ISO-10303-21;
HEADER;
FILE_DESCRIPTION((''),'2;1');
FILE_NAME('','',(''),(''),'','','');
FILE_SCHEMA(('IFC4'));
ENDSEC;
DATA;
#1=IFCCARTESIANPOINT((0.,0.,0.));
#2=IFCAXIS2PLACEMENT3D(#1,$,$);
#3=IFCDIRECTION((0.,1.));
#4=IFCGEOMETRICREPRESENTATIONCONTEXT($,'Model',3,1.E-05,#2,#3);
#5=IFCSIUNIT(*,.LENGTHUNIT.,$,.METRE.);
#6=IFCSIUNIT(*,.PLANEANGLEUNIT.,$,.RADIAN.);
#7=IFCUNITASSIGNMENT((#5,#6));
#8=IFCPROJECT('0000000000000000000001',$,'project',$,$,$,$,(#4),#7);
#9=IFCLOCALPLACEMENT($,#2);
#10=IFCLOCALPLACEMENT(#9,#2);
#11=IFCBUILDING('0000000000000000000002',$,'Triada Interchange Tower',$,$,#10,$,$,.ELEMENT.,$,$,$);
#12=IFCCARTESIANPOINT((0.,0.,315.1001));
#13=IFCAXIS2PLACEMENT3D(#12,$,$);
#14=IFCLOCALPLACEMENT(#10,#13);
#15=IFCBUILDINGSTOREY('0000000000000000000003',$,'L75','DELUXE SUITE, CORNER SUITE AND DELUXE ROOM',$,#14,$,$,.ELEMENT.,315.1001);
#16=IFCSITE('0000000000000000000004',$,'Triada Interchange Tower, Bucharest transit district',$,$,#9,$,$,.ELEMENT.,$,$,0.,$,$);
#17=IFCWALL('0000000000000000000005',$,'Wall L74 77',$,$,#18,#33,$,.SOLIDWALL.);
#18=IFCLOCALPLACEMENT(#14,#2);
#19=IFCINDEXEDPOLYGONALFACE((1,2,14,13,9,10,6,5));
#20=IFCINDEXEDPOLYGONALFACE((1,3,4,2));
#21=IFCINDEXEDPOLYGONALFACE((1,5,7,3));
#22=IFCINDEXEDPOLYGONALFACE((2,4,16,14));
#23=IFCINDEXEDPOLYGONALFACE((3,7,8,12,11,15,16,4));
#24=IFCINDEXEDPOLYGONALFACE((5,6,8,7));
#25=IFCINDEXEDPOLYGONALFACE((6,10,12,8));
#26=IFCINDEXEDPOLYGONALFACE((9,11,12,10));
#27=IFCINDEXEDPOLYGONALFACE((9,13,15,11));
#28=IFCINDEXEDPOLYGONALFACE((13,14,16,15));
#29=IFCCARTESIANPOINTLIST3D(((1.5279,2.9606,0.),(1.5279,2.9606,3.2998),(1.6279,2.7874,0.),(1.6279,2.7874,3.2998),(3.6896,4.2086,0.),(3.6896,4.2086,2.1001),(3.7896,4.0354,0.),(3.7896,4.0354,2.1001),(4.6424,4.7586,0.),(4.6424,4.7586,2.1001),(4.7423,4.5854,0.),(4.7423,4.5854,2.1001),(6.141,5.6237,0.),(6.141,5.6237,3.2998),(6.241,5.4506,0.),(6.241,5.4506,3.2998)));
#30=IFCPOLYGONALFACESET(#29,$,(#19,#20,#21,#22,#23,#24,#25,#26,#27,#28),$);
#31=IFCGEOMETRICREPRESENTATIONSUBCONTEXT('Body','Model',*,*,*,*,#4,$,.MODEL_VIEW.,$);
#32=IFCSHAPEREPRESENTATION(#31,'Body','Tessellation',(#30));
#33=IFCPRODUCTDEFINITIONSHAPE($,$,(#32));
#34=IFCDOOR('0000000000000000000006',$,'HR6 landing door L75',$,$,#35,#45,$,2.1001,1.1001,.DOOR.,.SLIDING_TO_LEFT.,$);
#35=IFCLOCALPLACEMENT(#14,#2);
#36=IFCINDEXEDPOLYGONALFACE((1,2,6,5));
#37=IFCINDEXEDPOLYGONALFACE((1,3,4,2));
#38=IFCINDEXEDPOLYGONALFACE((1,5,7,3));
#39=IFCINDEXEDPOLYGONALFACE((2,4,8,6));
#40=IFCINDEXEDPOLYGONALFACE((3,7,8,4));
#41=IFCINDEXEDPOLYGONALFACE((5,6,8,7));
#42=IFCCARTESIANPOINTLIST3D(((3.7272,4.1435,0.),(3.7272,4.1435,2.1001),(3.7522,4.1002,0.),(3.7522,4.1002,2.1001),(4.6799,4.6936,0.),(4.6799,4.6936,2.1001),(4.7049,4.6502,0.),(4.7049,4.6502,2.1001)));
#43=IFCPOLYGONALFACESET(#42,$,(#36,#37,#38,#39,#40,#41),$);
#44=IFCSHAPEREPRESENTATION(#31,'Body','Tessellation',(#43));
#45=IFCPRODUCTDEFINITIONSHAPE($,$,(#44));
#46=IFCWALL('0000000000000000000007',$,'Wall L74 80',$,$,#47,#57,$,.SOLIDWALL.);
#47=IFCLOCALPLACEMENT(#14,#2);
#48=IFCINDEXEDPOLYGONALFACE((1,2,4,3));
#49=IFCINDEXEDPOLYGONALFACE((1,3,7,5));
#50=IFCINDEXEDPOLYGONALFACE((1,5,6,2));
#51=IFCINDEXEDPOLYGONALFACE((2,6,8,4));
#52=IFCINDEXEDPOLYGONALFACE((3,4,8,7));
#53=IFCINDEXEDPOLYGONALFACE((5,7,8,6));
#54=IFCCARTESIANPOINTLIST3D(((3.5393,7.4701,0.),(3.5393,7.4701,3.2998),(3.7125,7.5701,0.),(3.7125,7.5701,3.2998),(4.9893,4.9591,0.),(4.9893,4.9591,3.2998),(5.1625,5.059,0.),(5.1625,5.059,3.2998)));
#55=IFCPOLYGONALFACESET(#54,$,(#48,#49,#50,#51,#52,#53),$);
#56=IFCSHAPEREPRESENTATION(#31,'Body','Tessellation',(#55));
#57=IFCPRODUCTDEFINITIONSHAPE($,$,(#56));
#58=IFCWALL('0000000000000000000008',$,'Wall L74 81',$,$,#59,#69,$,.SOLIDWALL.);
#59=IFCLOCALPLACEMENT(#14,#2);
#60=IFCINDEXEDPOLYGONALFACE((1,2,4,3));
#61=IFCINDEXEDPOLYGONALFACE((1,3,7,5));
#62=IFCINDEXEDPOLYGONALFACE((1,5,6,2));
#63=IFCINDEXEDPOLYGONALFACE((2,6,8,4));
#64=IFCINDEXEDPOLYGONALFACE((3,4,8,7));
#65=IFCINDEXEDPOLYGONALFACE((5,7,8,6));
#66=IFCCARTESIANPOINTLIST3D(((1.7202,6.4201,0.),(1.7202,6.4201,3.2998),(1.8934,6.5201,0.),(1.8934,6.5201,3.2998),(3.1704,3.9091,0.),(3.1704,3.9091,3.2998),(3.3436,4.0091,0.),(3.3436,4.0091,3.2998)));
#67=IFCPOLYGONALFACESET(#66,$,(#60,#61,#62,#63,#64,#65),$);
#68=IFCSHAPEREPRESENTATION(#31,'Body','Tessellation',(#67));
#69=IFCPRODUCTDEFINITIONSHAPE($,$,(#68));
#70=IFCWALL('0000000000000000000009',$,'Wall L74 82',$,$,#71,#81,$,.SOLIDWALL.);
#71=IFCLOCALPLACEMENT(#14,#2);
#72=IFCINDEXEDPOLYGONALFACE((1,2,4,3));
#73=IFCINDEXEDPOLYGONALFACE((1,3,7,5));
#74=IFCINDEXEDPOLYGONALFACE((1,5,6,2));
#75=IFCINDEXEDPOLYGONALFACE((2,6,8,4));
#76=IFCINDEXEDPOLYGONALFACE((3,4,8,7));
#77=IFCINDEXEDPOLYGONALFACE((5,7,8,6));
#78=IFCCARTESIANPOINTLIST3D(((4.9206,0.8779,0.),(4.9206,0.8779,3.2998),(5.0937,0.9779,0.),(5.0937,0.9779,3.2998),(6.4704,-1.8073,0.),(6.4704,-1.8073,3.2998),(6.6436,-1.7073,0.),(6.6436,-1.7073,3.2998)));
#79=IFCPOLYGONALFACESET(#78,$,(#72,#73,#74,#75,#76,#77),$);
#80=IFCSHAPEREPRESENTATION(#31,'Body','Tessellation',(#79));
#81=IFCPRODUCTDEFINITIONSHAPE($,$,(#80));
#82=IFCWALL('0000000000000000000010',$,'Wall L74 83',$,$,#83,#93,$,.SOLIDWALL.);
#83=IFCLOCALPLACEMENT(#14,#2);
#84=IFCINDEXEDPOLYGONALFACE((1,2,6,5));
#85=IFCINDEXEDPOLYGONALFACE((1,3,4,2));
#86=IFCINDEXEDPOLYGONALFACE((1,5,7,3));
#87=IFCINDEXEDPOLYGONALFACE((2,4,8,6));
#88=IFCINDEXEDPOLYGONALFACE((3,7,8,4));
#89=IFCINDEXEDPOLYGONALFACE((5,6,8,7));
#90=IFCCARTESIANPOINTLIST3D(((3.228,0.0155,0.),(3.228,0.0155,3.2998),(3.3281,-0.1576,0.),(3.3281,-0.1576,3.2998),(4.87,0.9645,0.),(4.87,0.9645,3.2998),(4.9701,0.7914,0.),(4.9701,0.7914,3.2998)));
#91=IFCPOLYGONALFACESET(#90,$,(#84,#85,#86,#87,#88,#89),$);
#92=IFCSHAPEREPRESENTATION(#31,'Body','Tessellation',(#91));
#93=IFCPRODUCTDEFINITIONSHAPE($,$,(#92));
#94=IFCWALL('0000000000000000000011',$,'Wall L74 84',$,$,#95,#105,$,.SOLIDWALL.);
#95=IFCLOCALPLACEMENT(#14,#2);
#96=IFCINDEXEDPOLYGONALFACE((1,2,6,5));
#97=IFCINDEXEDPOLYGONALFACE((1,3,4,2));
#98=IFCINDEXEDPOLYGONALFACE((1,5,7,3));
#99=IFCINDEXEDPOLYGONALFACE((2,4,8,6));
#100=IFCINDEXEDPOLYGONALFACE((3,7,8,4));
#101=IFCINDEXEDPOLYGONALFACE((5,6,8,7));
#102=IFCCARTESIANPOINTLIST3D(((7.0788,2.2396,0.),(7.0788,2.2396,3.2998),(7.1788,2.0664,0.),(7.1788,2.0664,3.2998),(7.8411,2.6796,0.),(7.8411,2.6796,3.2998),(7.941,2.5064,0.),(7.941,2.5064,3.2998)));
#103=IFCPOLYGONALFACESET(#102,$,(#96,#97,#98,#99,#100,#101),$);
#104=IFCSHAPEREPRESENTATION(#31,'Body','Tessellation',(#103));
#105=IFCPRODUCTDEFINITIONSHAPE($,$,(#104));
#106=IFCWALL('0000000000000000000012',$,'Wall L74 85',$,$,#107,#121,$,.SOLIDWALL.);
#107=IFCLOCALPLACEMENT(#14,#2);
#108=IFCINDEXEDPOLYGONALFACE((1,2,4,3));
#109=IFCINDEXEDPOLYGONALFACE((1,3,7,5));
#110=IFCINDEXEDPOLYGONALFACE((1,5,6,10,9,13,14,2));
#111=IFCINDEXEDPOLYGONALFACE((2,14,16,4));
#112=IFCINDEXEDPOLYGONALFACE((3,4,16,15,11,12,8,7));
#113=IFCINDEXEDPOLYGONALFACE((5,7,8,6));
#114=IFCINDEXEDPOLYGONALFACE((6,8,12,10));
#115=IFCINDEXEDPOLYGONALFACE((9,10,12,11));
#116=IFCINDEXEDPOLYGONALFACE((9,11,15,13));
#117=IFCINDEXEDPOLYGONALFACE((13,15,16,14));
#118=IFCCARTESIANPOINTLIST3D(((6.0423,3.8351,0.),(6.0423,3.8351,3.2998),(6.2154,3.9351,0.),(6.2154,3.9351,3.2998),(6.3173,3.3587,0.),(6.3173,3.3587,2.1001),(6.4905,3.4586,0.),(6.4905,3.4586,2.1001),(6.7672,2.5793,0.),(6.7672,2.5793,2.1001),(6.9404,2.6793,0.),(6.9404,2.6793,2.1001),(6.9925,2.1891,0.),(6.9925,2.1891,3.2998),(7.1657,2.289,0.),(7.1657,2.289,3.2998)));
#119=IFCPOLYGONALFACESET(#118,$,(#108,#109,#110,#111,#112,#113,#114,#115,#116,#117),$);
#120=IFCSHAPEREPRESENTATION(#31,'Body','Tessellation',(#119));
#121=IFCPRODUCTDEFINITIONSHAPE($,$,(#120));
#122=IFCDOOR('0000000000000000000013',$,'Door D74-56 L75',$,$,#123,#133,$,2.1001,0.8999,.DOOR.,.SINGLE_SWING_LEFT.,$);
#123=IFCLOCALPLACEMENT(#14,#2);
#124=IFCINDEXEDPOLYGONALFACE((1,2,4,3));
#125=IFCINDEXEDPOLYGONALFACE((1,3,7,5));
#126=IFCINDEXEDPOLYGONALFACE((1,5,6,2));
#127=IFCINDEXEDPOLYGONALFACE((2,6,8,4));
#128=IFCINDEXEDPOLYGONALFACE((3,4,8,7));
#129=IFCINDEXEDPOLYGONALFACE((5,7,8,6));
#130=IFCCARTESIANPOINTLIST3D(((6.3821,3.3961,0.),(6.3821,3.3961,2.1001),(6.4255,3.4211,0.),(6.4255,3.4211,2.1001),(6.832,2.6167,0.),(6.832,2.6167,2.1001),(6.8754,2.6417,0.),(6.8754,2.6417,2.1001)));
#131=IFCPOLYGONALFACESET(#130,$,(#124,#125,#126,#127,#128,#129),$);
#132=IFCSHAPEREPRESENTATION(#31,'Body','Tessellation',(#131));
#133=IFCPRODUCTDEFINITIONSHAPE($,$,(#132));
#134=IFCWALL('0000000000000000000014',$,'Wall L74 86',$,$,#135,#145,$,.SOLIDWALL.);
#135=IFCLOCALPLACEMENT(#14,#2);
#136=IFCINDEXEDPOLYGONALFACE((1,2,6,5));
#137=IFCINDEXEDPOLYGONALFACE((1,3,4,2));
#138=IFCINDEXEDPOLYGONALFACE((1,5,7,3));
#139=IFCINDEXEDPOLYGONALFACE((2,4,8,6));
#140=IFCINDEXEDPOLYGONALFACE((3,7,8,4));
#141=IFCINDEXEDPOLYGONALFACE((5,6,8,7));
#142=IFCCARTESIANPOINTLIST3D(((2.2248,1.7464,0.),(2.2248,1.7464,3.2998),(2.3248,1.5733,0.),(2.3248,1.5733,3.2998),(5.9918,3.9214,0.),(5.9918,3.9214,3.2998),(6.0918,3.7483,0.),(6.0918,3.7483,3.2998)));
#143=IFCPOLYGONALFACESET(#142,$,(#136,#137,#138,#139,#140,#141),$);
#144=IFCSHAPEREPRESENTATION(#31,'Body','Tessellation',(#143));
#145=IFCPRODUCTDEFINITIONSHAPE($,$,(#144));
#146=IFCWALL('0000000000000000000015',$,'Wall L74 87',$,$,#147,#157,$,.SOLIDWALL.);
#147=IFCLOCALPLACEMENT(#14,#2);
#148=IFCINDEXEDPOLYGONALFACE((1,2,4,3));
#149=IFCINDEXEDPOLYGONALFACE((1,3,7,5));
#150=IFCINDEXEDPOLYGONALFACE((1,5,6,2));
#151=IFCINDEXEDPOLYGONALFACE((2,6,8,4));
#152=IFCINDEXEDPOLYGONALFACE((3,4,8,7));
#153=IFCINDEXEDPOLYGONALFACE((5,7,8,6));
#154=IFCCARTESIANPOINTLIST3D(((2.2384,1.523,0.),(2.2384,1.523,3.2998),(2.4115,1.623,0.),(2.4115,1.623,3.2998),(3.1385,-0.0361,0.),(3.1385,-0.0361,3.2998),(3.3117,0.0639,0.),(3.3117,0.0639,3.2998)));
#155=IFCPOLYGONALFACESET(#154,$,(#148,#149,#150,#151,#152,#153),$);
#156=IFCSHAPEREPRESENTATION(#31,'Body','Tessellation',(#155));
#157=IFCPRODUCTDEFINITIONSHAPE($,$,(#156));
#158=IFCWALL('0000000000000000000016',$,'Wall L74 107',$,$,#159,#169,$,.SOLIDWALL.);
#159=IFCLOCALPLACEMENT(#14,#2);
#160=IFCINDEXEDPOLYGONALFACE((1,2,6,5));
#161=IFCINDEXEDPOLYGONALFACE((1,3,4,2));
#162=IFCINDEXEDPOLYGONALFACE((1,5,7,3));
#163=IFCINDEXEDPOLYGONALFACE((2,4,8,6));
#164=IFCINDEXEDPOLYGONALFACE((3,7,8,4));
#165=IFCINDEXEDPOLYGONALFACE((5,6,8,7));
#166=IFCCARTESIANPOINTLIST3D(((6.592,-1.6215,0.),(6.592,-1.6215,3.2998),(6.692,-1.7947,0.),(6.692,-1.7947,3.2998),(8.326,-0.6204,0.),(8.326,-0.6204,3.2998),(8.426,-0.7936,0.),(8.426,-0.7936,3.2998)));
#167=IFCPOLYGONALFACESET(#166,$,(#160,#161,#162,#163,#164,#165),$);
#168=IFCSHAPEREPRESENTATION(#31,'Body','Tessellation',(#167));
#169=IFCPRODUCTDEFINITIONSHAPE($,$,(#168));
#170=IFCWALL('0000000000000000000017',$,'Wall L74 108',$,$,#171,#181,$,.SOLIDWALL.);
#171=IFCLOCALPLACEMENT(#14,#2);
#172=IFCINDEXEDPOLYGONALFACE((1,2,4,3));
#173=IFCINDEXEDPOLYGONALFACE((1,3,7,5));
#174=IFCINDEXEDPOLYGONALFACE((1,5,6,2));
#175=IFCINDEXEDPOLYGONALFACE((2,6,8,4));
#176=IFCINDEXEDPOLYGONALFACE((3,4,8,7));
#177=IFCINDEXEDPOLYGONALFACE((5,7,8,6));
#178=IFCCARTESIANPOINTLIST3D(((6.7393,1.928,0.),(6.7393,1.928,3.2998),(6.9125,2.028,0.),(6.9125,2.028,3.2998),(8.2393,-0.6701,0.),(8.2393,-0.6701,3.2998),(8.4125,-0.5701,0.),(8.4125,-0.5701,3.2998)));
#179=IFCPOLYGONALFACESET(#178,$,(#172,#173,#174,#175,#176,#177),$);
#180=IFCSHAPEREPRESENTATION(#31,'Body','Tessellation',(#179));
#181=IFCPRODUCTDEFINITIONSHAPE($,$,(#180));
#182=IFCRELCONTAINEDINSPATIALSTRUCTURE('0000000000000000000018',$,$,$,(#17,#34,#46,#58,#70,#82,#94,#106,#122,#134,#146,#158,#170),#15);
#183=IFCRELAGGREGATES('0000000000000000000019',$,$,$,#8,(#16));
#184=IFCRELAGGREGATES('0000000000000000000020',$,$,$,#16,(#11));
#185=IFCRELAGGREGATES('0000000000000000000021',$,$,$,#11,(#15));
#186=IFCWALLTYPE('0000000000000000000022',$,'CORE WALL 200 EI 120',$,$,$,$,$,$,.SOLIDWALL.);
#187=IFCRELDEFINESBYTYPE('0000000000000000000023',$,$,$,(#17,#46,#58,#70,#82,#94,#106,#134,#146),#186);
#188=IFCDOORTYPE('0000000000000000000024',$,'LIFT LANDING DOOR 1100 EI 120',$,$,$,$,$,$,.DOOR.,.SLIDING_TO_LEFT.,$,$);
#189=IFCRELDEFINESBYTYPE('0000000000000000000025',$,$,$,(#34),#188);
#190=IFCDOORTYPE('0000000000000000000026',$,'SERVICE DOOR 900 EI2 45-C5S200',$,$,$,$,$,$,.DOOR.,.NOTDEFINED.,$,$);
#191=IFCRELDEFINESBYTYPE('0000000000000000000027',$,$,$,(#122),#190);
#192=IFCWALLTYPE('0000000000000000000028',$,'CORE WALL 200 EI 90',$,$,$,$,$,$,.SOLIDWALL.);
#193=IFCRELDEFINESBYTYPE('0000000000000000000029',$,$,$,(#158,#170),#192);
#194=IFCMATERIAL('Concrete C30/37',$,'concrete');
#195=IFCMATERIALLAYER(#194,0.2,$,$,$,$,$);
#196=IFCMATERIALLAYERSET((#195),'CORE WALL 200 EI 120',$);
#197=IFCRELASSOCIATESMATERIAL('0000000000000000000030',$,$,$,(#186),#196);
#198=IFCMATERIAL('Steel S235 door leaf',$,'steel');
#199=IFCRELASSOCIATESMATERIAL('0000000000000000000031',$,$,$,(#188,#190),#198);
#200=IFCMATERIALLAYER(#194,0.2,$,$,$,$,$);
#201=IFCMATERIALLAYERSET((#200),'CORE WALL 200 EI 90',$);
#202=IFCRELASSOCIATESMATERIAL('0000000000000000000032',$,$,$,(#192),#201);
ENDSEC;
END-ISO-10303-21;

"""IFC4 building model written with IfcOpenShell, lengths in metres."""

from ifc_helpers import new_model, si_unit, direction, frame, frame_2d, origin, place, context, subcontext, project, spatial, rectangle, extrude, material, layer, layer_set, type_object, element, fill, save


model = new_model("IFC4")

# Units and contexts
model_context = context("Model", 3, precision=1e-05, world=origin(), true_north=direction((0.0, 1.0)))
body_context = subcontext(model_context, "Body", "Model", "MODEL_VIEW")
ifc_project = project(units=[si_unit("LENGTHUNIT", "METRE"), si_unit("PLANEANGLEUNIT", "RADIAN")], contexts=[model_context])

# Site, building, storey
site_placement = place(None, origin())
site = spatial("IfcSite", under=ifc_project, at=site_placement, Name="Triada Interchange Tower, Bucharest transit district", CompositionType="ELEMENT", RefElevation=0.0)
building_placement = place(site_placement, origin())
building = spatial("IfcBuilding", under=site, at=building_placement, Name="Triada Interchange Tower", CompositionType="ELEMENT")
storey_placement = place(building_placement, frame((0.0, 0.0, 315.1001)))
storey = spatial("IfcBuildingStorey", under=building, at=storey_placement, Name="L75", Description="DELUXE SUITE, CORNER SUITE AND DELUXE ROOM", CompositionType="ELEMENT", Elevation=315.1001)

# Shared definitions
ifc_material_1 = material(Name="Concrete C30/37", Category="concrete")
ifc_layer_1 = layer(ifc_material_1, 0.2)
ifc_layer_set_1 = layer_set([ifc_layer_1], Name="CORE WALL 200 EI 120")
wall_type_1 = type_object("IfcWallType", Name="CORE WALL 200 EI 120", PredefinedType="SOLIDWALL", material=ifc_layer_set_1)
ifc_material_2 = material(Name="Steel S235 door leaf", Category="steel")
door_type_1 = type_object("IfcDoorType", Name="LIFT LANDING DOOR 1100 EI 120", OperationType="SLIDING_TO_LEFT", PredefinedType="DOOR", material=ifc_material_2)

# Wall, opening, door
wall_1_placement = place(storey_placement, frame((1.5779, 2.874, 0.0), z_axis=(0.0, 0.0, 1.0), x_axis=(0.866046, 0.499964, 0.0)))
wall_1 = element("IfcWall", 1, at=wall_1_placement, inside=storey, type_object=wall_type_1, Name="Wall L74 77", PredefinedType="SOLIDWALL", context=body_context, shape_type="SweptSolid", body=[
    extrude(rectangle(XDim=5.3267, YDim=0.2, at=frame_2d((2.6633, 0.0))), origin(), (0.0, 0.0, 1.0), 3.2998),
])
opening_1_placement = place(wall_1_placement, frame((2.4961, 0.0, 0.0)))
opening_1 = element("IfcOpeningElement", 2, at=opening_1_placement, cuts=wall_1, PredefinedType="OPENING", context=body_context, shape_type="SweptSolid", body=[
    extrude(rectangle(XDim=1.1001, YDim=2.1001, at=frame_2d((0.55, 1.05))), frame((0.0, 0.1099, 0.0), z_axis=(0.0, -1.0, 0.0), x_axis=(1.0, 0.0, 0.0)), (0.0, 0.0, 1.0), 0.22),
])
door_1_placement = place(opening_1_placement, origin())
door_1 = element("IfcDoor", 3, at=door_1_placement, inside=storey, type_object=door_type_1, Name="HR6 landing door L75", OperationType="SLIDING_TO_LEFT", OverallHeight=2.1001, OverallWidth=1.1001, PredefinedType="DOOR", context=body_context, shape_type="SweptSolid", body=[
    extrude(rectangle(XDim=1.1001, YDim=2.1001, at=frame_2d((0.55, 1.05))), frame((0.0, 0.0249, 0.0), z_axis=(0.0, -1.0, 0.0), x_axis=(1.0, 0.0, 0.0)), (0.0, 0.0, 1.0), 0.05),
])
fill(opening_1, door_1)

# Walls
for number, where, z_axis, x_axis, name in (
    (4, (3.626, 7.52, 0.0), (0.0, 0.0, 1.0), (0.50006, -0.865991, 0.0), "Wall L74 80"),
    (5, (1.8069, 6.47, 0.0), (0.0, 0.0, 1.0), (0.500123, -0.865954, 0.0), "Wall L74 81"),
):
    element("IfcWall", number, at=place(storey_placement, frame(where, z_axis=z_axis, x_axis=x_axis)), inside=storey, type_object=wall_type_1, Name=name, PredefinedType="SOLIDWALL", context=body_context, shape_type="SweptSolid", body=[
        extrude(rectangle(XDim=2.8997, YDim=0.2, at=frame_2d((1.4497, 0.0))), origin(), (0.0, 0.0, 1.0), 3.2998),
    ])
wall_2_placement = place(storey_placement, frame((5.0071, 0.928, 0.0), z_axis=(0.0, 0.0, 1.0), x_axis=(0.4999, -0.866083, 0.0)))
element("IfcWall", 6, at=wall_2_placement, inside=storey, type_object=wall_type_1, Name="Wall L74 82", PredefinedType="SOLIDWALL", context=body_context, shape_type="SweptSolid", body=[
    extrude(rectangle(XDim=3.1003, YDim=0.2, at=frame_2d((1.5503, 0.0))), origin(), (0.0, 0.0, 1.0), 3.2998),
])
wall_3_placement = place(storey_placement, frame((3.2781, -0.071, 0.0), z_axis=(0.0, 0.0, 1.0), x_axis=(0.865785, 0.500417, 0.0)))
element("IfcWall", 7, at=wall_3_placement, inside=storey, type_object=wall_type_1, Name="Wall L74 83", PredefinedType="SOLIDWALL", context=body_context, shape_type="SweptSolid", body=[
    extrude(rectangle(XDim=1.8965, YDim=0.2, at=frame_2d((0.9482, 0.0))), origin(), (0.0, 0.0, 1.0), 3.2998),
])
wall_4_placement = place(storey_placement, frame((7.1289, 2.1531, 0.0), z_axis=(0.0, 0.0, 1.0), x_axis=(0.866084, 0.499899, 0.0)))
element("IfcWall", 8, at=wall_4_placement, inside=storey, type_object=wall_type_1, Name="Wall L74 84", PredefinedType="SOLIDWALL", context=body_context, shape_type="SweptSolid", body=[
    extrude(rectangle(XDim=0.8801, YDim=0.2, at=frame_2d((0.4399, 0.0))), origin(), (0.0, 0.0, 1.0), 3.2998),
])

# Wall, opening, door
wall_5_placement = place(storey_placement, frame((6.1289, 3.885, 0.0), z_axis=(0.0, 0.0, 1.0), x_axis=(0.499952, -0.866053, 0.0)))
wall_5 = element("IfcWall", 9, at=wall_5_placement, inside=storey, type_object=wall_type_1, Name="Wall L74 85", PredefinedType="SOLIDWALL", context=body_context, shape_type="SweptSolid", body=[
    extrude(rectangle(XDim=1.9006, YDim=0.2, at=frame_2d((0.9502, 0.0))), origin(), (0.0, 0.0, 1.0), 3.2998),
])
opening_2_placement = place(wall_5_placement, frame((0.55, 0.0, 0.0)))
opening_2 = element("IfcOpeningElement", 10, at=opening_2_placement, cuts=wall_5, PredefinedType="OPENING", context=body_context, shape_type="SweptSolid", body=[
    extrude(rectangle(XDim=0.8999, YDim=2.1001, at=frame_2d((0.45, 1.05))), frame((0.0, 0.1099, 0.0), z_axis=(0.0, -1.0, 0.0), x_axis=(1.0, 0.0, 0.0)), (0.0, 0.0, 1.0), 0.22),
])
door_type_2 = type_object("IfcDoorType", Name="SERVICE DOOR 900 EI2 45-C5S200", OperationType="NOTDEFINED", PredefinedType="DOOR", material=ifc_material_2)
door_2_placement = place(opening_2_placement, origin())
door_2 = element("IfcDoor", 11, at=door_2_placement, inside=storey, type_object=door_type_2, Name="Door D74-56 L75", OperationType="SINGLE_SWING_LEFT", OverallHeight=2.1001, OverallWidth=0.8999, PredefinedType="DOOR", context=body_context, shape_type="SweptSolid", body=[
    extrude(rectangle(XDim=0.8999, YDim=2.1001, at=frame_2d((0.45, 1.05))), frame((0.0, 0.0249, 0.0), z_axis=(0.0, -1.0, 0.0), x_axis=(1.0, 0.0, 0.0)), (0.0, 0.0, 1.0), 0.05),
])
fill(opening_2, door_2)

# Walls
wall_6_placement = place(storey_placement, frame((2.2749, 1.6599, 0.0), z_axis=(0.0, 0.0, 1.0), x_axis=(0.866014, 0.50002, 0.0)))
element("IfcWall", 12, at=wall_6_placement, inside=storey, type_object=wall_type_1, Name="Wall L74 86", PredefinedType="SOLIDWALL", context=body_context, shape_type="SweptSolid", body=[
    extrude(rectangle(XDim=4.3499, YDim=0.2, at=frame_2d((2.1748, 0.0))), origin(), (0.0, 0.0, 1.0), 3.2998),
])
wall_7_placement = place(storey_placement, frame((2.325, 1.573, 0.0), z_axis=(0.0, 0.0, 1.0), x_axis=(0.500004, -0.866023, 0.0)))
element("IfcWall", 13, at=wall_7_placement, inside=storey, type_object=wall_type_1, Name="Wall L74 87", PredefinedType="SOLIDWALL", context=body_context, shape_type="SweptSolid", body=[
    extrude(rectangle(XDim=1.8003, YDim=0.2, at=frame_2d((0.9001, 0.0))), origin(), (0.0, 0.0, 1.0), 3.2998),
])
ifc_layer_2 = layer(ifc_material_1, 0.2)
ifc_layer_set_2 = layer_set([ifc_layer_2], Name="CORE WALL 200 EI 90")
wall_type_2 = type_object("IfcWallType", Name="CORE WALL 200 EI 90", PredefinedType="SOLIDWALL", material=ifc_layer_set_2)
wall_8_placement = place(storey_placement, frame((6.6421, -1.708, 0.0), z_axis=(0.0, 0.0, 1.0), x_axis=(0.866043, 0.499969, 0.0)))
element("IfcWall", 14, at=wall_8_placement, inside=storey, type_object=wall_type_2, Name="Wall L74 107", PredefinedType="SOLIDWALL", context=body_context, shape_type="SweptSolid", body=[
    extrude(rectangle(XDim=2.0022, YDim=0.2, at=frame_2d((1.001, 0.0))), origin(), (0.0, 0.0, 1.0), 3.2998),
])
wall_9_placement = place(storey_placement, frame((6.8259, 1.978, 0.0), z_axis=(0.0, 0.0, 1.0), x_axis=(0.49999, -0.866031, 0.0)))
element("IfcWall", 15, at=wall_9_placement, inside=storey, type_object=wall_type_2, Name="Wall L74 108", PredefinedType="SOLIDWALL", context=body_context, shape_type="SweptSolid", body=[
    extrude(rectangle(XDim=3.0, YDim=0.2, at=frame_2d((1.5, 0.0))), origin(), (0.0, 0.0, 1.0), 3.2998),
])

save(model, "model.ifc")
